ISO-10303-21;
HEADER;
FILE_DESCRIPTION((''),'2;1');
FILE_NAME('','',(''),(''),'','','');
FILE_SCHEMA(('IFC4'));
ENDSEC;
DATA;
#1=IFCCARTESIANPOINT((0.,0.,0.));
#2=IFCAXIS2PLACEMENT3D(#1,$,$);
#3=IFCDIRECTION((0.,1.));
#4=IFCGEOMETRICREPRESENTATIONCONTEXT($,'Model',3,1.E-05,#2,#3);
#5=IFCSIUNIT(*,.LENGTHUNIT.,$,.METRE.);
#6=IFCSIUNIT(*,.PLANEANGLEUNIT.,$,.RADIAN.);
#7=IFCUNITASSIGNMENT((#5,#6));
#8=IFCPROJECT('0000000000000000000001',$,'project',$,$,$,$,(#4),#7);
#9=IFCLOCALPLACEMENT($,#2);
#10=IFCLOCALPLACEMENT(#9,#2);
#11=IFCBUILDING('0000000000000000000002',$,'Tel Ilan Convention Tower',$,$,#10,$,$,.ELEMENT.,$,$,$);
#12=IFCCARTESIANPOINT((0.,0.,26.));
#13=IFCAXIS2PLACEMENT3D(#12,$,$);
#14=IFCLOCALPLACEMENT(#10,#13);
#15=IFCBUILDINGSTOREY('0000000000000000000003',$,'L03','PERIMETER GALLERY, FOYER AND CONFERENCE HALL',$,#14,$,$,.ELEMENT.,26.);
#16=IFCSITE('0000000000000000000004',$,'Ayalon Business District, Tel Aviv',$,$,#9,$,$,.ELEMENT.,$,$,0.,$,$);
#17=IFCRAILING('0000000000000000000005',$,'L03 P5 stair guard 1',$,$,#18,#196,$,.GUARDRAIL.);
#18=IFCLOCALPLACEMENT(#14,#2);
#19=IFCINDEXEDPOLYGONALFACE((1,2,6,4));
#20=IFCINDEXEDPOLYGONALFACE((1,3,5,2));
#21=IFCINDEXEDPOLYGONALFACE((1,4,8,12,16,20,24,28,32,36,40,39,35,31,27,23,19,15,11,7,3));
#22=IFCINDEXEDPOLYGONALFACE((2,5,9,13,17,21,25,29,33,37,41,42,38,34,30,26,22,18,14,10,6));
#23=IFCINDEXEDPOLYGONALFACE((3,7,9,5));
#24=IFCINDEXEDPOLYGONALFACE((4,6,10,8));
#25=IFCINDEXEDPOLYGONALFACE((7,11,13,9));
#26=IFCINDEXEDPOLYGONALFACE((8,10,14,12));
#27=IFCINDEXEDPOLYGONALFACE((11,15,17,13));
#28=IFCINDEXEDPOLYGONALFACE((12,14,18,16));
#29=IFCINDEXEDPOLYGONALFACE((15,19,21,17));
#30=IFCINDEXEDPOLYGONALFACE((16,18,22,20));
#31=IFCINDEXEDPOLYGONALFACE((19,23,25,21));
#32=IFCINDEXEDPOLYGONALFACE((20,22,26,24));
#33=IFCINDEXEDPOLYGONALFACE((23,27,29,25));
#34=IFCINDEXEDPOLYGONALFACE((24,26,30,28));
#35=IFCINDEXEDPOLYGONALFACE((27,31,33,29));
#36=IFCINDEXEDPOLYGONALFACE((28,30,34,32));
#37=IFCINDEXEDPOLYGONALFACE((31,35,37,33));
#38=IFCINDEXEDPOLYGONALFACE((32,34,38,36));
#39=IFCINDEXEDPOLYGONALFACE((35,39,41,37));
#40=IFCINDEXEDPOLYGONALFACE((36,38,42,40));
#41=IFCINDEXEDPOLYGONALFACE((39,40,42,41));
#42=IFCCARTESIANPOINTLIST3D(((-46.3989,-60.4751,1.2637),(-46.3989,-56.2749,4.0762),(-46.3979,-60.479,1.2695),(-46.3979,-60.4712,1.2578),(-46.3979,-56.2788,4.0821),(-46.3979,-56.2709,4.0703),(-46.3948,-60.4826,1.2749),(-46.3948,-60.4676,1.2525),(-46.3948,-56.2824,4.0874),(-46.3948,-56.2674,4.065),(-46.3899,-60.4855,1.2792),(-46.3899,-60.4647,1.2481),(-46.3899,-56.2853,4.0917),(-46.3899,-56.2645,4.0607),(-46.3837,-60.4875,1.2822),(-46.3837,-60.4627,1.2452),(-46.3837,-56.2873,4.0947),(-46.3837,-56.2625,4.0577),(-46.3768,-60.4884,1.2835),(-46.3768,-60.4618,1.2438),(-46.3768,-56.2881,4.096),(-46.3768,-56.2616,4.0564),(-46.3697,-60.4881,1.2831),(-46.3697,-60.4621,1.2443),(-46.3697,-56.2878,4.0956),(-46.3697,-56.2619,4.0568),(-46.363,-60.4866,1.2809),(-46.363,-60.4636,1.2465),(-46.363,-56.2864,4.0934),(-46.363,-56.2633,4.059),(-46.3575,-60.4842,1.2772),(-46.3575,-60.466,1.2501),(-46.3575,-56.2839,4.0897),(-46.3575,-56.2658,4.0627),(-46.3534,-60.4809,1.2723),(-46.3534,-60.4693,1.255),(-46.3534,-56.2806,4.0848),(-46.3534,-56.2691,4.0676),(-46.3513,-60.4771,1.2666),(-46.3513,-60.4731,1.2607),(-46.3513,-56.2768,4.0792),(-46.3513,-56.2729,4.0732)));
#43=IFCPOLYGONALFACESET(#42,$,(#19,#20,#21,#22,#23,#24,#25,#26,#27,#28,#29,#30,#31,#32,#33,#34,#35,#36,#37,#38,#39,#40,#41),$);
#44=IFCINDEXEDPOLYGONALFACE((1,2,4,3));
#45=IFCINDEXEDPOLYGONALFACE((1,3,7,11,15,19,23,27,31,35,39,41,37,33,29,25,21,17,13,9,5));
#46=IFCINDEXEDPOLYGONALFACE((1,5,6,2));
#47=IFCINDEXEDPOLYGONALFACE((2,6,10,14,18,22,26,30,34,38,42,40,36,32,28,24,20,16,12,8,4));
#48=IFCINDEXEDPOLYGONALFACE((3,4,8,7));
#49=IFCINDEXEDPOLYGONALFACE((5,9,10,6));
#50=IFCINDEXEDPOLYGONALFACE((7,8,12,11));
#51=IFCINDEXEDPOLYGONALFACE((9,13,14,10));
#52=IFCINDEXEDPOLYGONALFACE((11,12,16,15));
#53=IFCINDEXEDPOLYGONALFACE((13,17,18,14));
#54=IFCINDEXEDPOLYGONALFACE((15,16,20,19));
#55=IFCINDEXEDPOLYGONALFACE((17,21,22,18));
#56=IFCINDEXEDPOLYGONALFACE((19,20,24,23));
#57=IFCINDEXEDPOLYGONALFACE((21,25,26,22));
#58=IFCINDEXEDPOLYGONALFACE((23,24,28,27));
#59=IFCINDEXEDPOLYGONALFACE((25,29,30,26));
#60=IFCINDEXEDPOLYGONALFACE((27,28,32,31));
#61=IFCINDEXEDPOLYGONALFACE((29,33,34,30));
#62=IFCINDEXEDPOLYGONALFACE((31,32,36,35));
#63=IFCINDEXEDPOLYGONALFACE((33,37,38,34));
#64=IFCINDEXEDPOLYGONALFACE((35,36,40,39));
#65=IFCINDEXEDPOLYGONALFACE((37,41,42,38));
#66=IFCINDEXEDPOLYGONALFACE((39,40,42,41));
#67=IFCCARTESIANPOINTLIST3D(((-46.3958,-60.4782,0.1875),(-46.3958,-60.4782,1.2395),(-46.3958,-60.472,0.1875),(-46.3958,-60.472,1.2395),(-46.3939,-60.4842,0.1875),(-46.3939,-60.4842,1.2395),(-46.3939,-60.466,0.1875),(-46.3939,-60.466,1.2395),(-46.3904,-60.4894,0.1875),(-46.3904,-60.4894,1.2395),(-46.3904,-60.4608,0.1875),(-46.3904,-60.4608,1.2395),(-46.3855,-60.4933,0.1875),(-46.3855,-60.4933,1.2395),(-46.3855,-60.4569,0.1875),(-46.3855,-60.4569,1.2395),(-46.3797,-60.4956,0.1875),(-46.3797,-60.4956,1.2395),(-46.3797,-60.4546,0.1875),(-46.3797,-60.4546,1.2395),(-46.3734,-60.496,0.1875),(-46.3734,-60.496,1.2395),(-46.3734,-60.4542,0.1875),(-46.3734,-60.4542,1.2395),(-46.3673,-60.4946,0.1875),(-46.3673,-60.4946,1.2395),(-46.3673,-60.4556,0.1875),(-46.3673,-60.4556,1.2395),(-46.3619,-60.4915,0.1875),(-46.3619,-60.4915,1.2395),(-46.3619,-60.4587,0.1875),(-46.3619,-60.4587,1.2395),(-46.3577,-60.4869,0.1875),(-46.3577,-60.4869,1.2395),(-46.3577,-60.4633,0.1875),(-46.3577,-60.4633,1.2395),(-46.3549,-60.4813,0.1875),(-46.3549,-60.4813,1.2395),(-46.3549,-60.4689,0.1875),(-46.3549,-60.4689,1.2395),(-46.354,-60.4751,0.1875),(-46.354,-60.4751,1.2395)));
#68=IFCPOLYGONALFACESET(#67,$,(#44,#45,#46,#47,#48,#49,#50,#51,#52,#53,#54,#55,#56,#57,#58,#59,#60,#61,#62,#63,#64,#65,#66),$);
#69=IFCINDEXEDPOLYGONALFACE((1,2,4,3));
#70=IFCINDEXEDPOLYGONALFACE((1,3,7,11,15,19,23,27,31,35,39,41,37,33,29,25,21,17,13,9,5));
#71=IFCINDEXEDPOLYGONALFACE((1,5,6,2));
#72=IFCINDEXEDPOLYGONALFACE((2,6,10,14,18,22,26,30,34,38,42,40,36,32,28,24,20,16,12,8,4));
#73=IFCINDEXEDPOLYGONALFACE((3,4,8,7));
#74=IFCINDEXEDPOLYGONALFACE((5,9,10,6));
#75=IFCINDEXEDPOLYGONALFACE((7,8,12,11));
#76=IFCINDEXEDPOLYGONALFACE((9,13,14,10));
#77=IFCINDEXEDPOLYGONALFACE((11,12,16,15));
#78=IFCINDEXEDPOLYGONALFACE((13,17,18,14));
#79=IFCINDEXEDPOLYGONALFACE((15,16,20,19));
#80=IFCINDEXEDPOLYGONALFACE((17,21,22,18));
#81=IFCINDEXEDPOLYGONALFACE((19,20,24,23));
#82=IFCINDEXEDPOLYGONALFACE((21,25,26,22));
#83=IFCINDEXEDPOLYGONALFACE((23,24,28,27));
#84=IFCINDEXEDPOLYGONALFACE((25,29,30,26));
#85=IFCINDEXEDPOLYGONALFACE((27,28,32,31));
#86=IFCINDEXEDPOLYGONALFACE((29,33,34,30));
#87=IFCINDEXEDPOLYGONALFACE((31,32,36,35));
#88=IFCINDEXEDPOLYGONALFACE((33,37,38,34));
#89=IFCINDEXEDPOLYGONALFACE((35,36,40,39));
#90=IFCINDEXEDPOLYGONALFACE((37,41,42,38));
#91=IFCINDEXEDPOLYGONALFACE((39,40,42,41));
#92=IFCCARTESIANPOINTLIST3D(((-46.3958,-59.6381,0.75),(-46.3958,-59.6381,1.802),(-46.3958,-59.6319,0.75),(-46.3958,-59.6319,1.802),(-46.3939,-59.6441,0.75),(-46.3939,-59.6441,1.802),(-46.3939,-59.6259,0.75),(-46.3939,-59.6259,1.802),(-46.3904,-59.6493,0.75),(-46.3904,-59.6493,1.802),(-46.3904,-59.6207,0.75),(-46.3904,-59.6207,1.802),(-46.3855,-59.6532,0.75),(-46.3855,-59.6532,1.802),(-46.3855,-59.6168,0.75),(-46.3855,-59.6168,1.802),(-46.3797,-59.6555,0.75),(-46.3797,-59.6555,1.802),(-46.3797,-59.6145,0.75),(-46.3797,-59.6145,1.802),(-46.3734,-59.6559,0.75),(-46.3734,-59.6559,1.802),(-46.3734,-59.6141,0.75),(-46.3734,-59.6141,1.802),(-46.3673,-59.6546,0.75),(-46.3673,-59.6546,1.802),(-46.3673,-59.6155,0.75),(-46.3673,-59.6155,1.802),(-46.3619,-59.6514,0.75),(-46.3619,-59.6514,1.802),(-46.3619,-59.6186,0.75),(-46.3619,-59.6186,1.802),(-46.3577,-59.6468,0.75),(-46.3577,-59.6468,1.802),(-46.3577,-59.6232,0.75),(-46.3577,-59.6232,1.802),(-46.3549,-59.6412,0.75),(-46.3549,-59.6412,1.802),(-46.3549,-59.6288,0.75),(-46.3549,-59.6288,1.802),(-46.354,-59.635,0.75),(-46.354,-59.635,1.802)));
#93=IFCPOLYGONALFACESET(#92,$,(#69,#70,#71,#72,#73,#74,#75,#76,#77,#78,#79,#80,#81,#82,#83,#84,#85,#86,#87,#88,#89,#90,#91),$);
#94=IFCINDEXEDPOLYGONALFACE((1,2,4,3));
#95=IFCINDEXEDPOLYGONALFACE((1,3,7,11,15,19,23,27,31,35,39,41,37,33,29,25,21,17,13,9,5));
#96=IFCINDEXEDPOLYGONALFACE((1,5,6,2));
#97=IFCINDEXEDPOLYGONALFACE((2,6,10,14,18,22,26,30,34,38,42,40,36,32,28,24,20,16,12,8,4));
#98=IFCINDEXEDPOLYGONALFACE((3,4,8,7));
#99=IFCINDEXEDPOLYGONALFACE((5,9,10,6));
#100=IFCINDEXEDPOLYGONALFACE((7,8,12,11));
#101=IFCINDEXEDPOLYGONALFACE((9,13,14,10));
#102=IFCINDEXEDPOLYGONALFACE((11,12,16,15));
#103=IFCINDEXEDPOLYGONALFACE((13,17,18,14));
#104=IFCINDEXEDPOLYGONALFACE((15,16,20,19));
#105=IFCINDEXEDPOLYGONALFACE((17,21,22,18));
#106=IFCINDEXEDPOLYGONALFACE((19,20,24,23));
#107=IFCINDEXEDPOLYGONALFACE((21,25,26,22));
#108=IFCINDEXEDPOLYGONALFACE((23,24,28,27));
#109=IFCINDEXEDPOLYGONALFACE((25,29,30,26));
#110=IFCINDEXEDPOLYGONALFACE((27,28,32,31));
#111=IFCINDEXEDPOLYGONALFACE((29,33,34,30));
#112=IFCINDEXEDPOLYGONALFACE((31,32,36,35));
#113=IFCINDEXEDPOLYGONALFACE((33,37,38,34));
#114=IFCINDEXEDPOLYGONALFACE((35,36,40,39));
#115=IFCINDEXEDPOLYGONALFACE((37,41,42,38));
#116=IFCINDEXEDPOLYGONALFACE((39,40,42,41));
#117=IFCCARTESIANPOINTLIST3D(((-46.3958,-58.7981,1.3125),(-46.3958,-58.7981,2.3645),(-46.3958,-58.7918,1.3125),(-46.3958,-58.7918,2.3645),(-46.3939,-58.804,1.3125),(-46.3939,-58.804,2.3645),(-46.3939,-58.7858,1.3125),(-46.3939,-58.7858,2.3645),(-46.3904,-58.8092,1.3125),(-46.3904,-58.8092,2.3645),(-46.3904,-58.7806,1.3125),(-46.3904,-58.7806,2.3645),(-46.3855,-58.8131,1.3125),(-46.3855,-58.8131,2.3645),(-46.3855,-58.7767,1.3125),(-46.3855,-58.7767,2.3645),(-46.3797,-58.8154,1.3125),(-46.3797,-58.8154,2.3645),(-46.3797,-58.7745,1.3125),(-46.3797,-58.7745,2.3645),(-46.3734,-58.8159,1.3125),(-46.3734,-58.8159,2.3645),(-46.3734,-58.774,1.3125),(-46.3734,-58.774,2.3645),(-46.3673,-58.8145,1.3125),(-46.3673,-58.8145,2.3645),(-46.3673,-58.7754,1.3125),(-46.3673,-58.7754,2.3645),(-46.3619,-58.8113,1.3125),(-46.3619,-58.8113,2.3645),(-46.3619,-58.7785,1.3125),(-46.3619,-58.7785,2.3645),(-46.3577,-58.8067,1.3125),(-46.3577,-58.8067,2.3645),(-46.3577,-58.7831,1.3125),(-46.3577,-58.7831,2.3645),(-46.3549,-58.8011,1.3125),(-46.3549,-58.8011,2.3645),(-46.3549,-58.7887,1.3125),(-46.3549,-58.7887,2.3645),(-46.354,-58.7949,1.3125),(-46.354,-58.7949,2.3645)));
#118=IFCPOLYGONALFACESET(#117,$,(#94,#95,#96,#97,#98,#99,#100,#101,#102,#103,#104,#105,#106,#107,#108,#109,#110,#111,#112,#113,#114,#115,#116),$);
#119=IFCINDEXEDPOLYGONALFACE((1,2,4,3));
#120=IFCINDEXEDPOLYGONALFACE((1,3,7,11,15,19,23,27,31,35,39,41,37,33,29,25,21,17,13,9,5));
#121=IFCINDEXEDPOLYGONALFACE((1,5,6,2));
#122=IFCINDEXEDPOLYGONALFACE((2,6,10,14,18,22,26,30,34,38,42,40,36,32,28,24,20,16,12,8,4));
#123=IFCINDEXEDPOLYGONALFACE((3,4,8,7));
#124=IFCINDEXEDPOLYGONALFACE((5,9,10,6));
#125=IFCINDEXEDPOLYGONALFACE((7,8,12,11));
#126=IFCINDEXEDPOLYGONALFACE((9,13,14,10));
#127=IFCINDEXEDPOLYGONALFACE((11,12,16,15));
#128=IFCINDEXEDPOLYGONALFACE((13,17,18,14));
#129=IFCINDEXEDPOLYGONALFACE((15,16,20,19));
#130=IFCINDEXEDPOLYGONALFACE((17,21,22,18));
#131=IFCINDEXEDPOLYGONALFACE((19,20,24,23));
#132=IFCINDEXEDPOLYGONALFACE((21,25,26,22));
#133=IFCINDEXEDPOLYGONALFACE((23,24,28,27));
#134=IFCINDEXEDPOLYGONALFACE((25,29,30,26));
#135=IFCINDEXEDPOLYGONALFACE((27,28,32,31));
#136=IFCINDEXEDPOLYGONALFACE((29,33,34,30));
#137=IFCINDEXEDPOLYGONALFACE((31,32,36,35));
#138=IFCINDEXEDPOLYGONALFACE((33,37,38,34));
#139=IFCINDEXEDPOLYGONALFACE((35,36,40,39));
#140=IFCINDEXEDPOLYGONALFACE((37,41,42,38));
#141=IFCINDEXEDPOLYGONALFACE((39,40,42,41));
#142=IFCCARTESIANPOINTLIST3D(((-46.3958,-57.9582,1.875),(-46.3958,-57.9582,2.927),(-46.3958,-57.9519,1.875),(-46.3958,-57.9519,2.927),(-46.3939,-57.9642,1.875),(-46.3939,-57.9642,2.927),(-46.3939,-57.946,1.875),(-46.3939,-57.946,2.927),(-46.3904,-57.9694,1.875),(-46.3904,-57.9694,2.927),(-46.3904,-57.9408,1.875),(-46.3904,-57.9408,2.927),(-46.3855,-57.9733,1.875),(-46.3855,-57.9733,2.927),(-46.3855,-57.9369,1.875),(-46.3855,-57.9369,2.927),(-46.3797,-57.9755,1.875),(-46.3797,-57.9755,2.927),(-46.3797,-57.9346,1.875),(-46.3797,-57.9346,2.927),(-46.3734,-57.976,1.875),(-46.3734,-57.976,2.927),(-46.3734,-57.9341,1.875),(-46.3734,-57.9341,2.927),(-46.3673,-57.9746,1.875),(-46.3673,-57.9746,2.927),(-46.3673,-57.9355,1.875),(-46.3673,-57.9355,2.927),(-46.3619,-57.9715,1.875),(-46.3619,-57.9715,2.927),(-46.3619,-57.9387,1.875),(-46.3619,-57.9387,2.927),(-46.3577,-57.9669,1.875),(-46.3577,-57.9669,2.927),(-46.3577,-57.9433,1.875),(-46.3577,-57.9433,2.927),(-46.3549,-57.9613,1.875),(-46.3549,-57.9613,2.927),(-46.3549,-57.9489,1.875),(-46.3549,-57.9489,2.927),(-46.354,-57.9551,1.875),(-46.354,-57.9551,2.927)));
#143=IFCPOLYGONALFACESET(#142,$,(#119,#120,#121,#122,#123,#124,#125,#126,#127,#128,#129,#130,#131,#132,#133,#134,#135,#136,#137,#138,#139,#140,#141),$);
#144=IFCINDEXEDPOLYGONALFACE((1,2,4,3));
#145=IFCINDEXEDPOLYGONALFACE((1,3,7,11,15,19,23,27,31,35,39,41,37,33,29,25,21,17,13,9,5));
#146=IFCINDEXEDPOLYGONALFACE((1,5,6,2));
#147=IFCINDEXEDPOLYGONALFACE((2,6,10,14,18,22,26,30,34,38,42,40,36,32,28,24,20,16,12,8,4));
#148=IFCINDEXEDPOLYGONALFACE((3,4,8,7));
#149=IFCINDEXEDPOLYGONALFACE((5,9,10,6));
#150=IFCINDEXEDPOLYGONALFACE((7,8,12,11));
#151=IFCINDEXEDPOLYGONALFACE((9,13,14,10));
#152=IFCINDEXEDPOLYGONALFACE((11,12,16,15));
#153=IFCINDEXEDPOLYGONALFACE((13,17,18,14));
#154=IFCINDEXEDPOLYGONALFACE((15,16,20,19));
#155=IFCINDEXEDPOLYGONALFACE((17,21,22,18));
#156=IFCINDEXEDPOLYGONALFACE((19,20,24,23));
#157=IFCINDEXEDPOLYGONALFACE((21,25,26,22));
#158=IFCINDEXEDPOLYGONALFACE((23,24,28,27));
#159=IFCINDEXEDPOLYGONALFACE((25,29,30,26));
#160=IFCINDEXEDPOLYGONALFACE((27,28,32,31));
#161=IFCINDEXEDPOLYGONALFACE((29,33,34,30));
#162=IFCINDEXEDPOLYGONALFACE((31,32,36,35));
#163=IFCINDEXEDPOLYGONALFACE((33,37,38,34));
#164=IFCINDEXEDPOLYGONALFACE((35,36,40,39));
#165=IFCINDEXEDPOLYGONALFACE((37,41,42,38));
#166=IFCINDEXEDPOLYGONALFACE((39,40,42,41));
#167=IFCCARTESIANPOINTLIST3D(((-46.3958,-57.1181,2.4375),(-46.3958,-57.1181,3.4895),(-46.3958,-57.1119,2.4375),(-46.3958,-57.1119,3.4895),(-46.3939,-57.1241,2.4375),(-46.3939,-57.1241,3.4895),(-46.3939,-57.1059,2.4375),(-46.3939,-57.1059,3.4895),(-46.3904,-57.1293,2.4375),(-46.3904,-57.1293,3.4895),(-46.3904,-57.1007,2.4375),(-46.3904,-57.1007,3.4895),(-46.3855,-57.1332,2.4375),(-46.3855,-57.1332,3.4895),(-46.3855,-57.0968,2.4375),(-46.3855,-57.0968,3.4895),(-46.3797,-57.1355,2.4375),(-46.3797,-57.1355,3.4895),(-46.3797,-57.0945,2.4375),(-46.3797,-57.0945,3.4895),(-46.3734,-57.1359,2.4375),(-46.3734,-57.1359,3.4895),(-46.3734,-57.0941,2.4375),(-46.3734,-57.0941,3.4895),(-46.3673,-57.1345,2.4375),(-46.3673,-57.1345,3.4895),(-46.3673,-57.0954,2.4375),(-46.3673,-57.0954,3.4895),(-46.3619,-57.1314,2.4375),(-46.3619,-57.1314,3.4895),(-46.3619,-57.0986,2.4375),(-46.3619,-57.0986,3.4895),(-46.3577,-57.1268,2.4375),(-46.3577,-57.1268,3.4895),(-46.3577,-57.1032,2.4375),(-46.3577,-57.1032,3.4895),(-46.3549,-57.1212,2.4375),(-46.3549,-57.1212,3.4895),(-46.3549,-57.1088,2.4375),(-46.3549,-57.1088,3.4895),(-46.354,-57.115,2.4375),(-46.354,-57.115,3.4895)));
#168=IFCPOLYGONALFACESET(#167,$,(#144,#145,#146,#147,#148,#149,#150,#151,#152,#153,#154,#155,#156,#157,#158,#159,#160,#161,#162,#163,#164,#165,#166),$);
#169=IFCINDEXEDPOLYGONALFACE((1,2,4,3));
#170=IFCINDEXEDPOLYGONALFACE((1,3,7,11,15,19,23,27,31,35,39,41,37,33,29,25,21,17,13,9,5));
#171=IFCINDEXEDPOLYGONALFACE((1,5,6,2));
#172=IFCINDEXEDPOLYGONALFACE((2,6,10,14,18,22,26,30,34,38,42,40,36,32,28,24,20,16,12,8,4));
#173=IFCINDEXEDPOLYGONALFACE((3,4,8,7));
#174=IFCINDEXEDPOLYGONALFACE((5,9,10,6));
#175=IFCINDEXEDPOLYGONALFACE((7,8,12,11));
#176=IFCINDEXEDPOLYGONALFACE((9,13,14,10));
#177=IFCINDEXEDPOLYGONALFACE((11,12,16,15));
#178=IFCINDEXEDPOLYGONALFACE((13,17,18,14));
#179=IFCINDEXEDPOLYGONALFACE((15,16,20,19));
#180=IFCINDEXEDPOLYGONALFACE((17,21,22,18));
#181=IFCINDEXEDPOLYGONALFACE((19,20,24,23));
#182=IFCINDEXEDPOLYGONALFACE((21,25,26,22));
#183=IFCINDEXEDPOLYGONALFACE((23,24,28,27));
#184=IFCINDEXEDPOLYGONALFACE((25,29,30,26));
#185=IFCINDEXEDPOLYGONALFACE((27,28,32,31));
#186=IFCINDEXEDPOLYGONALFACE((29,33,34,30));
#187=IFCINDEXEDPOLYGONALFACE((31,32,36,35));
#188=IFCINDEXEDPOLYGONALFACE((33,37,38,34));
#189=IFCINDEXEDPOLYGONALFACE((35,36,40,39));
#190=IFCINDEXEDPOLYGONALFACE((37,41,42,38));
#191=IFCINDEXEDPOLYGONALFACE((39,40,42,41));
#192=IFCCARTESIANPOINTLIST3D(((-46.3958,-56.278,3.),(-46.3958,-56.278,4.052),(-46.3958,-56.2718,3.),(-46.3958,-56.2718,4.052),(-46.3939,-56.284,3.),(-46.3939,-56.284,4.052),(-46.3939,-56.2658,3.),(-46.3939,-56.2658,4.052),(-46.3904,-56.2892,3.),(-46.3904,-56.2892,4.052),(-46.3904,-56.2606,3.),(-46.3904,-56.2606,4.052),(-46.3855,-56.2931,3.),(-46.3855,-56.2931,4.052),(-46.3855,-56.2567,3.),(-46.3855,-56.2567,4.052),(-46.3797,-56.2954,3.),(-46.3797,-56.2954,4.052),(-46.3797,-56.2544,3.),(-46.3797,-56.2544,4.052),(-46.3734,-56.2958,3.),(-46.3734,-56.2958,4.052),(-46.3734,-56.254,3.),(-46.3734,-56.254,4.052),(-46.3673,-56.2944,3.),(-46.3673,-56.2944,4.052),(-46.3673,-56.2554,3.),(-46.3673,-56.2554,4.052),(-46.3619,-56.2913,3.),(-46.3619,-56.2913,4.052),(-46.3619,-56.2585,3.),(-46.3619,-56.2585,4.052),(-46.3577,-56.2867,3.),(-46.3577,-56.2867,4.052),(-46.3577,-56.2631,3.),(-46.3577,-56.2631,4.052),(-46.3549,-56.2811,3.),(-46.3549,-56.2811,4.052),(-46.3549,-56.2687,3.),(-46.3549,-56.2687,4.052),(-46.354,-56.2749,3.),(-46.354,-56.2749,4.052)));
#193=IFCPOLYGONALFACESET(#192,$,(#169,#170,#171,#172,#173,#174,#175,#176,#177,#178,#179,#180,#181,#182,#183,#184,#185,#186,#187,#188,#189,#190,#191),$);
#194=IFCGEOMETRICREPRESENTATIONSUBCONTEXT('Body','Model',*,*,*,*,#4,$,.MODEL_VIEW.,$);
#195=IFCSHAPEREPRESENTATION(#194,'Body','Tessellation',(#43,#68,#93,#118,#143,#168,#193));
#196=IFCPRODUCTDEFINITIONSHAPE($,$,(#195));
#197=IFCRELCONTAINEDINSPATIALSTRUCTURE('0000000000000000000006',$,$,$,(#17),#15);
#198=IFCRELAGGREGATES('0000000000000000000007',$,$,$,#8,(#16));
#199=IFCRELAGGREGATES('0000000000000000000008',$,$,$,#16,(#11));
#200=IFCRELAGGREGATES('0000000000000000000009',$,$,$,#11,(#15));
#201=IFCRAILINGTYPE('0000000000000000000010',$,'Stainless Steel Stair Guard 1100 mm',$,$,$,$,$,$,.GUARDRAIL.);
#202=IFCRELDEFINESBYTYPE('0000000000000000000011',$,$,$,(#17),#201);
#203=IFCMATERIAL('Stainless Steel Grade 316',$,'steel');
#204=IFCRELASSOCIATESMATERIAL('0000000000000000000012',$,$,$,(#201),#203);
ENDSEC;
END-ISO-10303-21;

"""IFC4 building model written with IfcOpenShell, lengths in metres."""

from ifc_helpers import new_model, si_unit, direction, frame, origin, origin_2d, place, context, subcontext, project, spatial, circle, extrude, material, type_object, element, save


model = new_model("IFC4")

# Units and contexts
model_context = context("Model", 3, precision=1e-05, world=origin(), true_north=direction((0.0, 1.0)))
body_context = subcontext(model_context, "Body", "Model", "MODEL_VIEW")
ifc_project = project(units=[si_unit("LENGTHUNIT", "METRE"), si_unit("PLANEANGLEUNIT", "RADIAN")], contexts=[model_context])

# Site, building, storey
site_placement = place(None, origin())
site = spatial("IfcSite", under=ifc_project, at=site_placement, Name="Ayalon Business District, Tel Aviv", CompositionType="ELEMENT", RefElevation=0.0)
building_placement = place(site_placement, origin())
building = spatial("IfcBuilding", under=site, at=building_placement, Name="Tel Ilan Convention Tower", CompositionType="ELEMENT")
storey_placement = place(building_placement, frame((0.0, 0.0, 26.0)))
storey = spatial("IfcBuildingStorey", under=building, at=storey_placement, Name="L03", Description="PERIMETER GALLERY, FOYER AND CONFERENCE HALL", CompositionType="ELEMENT", Elevation=26.0)

# Railing
ifc_material_1 = material(Name="Stainless Steel Grade 316", Category="steel")
railing_type_1 = type_object("IfcRailingType", Name="Stainless Steel Stair Guard 1100 mm", PredefinedType="GUARDRAIL", material=ifc_material_1)
railing_1_placement = place(storey_placement, frame((-46.375, -60.4751, 0.1875)))
element("IfcRailing", 1, at=railing_1_placement, inside=storey, type_object=railing_type_1, Name="L03 P5 stair guard 1", PredefinedType="GUARDRAIL", context=body_context, shape_type="SweptSolid", body=[
    extrude(circle(Radius=0.0239, at=origin_2d()), frame((0.0, 0.0, 1.0762), z_axis=(0.0, 0.830919, 0.556393), x_axis=(-1.0, 0.0, 0.0)), (0.0, 0.0, 1.0), 5.0549),
    extrude(circle(Radius=0.021, at=origin_2d()), origin(), (0.0, 0.0, 1.0), 1.052),
    extrude(circle(Radius=0.021, at=origin_2d()), frame((0.0, 0.8401, 0.5625)), (0.0, 0.0, 1.0), 1.052),
    extrude(circle(Radius=0.021, at=origin_2d()), frame((0.0, 1.6802, 1.125)), (0.0, 0.0, 1.0), 1.052),
    extrude(circle(Radius=0.021, at=origin_2d()), frame((0.0, 2.52, 1.6875)), (0.0, 0.0, 1.0), 1.052),
    extrude(circle(Radius=0.021, at=origin_2d()), frame((0.0, 3.3601, 2.25)), (0.0, 0.0, 1.0), 1.052),
    extrude(circle(Radius=0.021, at=origin_2d()), frame((0.0, 4.2002, 2.8125)), (0.0, 0.0, 1.0), 1.052),
])

save(model, "model.ifc")
